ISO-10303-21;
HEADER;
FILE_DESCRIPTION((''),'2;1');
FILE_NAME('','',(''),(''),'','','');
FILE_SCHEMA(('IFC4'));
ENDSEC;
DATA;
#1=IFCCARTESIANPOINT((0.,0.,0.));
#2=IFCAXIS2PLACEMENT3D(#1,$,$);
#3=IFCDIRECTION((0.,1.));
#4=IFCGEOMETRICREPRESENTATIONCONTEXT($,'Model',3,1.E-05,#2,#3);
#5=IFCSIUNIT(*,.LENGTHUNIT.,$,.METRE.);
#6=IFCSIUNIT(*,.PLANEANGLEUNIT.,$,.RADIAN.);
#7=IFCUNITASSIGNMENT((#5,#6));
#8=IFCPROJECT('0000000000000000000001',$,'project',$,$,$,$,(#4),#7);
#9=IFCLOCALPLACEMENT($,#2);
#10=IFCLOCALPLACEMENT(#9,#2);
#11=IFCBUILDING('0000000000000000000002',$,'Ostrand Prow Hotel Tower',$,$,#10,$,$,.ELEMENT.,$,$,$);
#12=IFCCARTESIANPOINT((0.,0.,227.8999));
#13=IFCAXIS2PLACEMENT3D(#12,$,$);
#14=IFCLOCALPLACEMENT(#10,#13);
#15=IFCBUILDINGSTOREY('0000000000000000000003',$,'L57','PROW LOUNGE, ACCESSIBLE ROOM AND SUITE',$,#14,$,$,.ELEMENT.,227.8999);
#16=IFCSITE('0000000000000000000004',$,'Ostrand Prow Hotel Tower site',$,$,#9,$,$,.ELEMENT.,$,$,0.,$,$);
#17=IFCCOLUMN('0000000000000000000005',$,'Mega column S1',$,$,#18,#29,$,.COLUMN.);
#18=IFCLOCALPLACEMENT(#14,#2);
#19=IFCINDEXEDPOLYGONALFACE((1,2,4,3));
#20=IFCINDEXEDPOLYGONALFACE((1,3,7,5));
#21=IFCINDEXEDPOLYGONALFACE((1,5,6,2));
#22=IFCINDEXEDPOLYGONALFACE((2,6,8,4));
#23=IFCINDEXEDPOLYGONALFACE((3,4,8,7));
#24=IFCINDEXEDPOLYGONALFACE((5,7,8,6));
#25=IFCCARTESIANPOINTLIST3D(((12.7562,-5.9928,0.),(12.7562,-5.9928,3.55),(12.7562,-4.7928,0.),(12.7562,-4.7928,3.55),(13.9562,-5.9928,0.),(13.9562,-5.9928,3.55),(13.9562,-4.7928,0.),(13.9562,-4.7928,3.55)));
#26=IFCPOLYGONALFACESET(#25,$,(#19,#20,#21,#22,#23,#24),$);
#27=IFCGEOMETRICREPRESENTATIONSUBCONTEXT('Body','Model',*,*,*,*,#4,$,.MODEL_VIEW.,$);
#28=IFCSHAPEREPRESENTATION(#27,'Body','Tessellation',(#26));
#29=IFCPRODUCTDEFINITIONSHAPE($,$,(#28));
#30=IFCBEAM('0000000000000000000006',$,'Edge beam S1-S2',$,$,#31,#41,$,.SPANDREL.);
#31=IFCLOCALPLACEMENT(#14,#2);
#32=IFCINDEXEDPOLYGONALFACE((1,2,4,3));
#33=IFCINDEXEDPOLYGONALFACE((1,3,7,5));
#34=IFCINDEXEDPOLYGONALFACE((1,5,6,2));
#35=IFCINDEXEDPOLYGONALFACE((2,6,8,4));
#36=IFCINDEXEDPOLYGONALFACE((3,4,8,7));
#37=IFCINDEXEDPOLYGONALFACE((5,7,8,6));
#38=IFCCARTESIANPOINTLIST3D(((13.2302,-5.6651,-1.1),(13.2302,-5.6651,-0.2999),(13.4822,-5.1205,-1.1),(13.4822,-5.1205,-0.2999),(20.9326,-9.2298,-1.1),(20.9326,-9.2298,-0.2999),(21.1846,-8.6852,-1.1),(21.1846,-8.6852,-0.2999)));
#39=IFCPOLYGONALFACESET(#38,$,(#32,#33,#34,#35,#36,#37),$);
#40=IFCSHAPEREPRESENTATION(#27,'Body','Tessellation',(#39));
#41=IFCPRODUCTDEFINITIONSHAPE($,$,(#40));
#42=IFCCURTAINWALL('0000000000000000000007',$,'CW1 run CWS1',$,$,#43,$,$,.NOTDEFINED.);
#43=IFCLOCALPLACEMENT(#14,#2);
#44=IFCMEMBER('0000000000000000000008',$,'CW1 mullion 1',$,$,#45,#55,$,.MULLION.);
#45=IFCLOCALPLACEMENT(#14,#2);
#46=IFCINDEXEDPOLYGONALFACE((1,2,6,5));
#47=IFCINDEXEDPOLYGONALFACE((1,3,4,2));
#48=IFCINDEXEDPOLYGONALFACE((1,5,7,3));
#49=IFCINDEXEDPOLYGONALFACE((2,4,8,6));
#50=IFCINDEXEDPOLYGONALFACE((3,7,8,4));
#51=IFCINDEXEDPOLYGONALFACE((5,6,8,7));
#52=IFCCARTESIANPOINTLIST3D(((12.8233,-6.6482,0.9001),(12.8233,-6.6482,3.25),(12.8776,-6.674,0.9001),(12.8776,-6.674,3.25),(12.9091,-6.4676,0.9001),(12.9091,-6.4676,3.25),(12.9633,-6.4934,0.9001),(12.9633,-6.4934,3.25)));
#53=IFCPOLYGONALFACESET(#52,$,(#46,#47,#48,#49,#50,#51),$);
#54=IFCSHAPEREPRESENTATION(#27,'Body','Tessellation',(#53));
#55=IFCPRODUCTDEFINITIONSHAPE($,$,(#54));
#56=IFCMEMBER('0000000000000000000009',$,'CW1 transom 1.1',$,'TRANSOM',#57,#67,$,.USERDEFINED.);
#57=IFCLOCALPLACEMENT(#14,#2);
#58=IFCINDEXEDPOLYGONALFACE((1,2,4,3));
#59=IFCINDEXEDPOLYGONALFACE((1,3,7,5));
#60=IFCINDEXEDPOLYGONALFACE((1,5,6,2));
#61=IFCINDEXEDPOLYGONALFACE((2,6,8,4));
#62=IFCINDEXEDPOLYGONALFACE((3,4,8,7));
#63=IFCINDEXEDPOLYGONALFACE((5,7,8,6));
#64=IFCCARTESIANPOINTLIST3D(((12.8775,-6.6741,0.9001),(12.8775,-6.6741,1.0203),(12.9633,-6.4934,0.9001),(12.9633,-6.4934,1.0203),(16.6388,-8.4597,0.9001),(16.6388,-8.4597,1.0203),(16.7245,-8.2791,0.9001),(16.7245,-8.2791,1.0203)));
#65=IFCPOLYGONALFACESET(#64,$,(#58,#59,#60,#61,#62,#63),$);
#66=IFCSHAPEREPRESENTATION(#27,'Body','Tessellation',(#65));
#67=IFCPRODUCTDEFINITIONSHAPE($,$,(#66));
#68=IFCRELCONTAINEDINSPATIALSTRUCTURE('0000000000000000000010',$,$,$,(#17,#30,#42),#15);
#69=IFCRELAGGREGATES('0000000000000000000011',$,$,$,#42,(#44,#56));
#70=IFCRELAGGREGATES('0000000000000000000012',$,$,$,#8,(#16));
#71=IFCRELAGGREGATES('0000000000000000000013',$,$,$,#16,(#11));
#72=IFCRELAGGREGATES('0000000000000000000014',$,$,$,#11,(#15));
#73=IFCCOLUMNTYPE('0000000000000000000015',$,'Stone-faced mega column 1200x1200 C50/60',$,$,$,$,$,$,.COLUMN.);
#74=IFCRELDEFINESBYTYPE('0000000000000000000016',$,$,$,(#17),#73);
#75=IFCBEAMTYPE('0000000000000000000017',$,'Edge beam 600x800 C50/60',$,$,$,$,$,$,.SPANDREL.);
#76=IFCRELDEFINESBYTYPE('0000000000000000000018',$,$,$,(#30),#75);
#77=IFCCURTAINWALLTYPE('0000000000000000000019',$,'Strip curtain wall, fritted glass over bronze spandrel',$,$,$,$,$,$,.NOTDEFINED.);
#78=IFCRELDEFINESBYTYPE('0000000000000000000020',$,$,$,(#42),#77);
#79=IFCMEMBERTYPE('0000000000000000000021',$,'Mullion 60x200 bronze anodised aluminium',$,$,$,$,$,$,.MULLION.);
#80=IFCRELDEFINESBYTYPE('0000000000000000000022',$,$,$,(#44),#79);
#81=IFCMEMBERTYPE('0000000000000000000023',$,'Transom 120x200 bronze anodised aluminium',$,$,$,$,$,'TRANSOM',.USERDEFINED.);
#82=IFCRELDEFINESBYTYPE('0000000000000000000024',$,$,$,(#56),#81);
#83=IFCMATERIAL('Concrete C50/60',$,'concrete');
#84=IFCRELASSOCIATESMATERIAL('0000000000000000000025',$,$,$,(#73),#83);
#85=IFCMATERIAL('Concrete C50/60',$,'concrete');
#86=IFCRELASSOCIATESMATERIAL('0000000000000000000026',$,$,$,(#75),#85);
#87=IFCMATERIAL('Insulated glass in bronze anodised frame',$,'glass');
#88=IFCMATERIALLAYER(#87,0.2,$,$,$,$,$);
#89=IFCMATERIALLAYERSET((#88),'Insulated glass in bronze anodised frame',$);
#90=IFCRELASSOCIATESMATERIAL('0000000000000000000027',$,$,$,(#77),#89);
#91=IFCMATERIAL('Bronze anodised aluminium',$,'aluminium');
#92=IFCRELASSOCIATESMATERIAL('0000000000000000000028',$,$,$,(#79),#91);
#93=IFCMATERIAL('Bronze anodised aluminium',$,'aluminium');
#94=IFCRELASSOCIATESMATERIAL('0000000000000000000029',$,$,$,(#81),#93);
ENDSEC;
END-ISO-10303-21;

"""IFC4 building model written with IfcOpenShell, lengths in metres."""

from ifc_helpers import new_model, si_unit, direction, frame, origin, origin_2d, place, context, subcontext, project, spatial, rectangle, extrude, material, layer, layer_set, material_profile, profile_set, type_object, element, aggregate, save


model = new_model("IFC4")

# Units and contexts
model_context = context("Model", 3, precision=1e-05, world=origin(), true_north=direction((0.0, 1.0)))
body_context = subcontext(model_context, "Body", "Model", "MODEL_VIEW")
ifc_project = project(units=[si_unit("LENGTHUNIT", "METRE"), si_unit("PLANEANGLEUNIT", "RADIAN")], contexts=[model_context])

# Site, building, storey
site_placement = place(None, origin())
site = spatial("IfcSite", under=ifc_project, at=site_placement, Name="Ostrand Prow Hotel Tower site", CompositionType="ELEMENT", RefElevation=0.0)
building_placement = place(site_placement, origin())
building = spatial("IfcBuilding", under=site, at=building_placement, Name="Ostrand Prow Hotel Tower", CompositionType="ELEMENT")
storey_placement = place(building_placement, frame((0.0, 0.0, 227.8999)))
storey = spatial("IfcBuildingStorey", under=building, at=storey_placement, Name="L57", Description="PROW LOUNGE, ACCESSIBLE ROOM AND SUITE", CompositionType="ELEMENT", Elevation=227.8999)

# Column
ifc_material_1 = material(Name="Concrete C50/60", Category="concrete")
ifc_material_profile_1 = material_profile(ifc_material_1, rectangle(XDim=1.2, YDim=1.2, at=origin_2d()), Name="RC 1200x1200")
ifc_profile_set_1 = profile_set([ifc_material_profile_1], Name="Concrete C50/60")
column_type = type_object("IfcColumnType", Name="Stone-faced mega column 1200x1200 C50/60", PredefinedType="COLUMN", material=ifc_profile_set_1)
column_placement = place(storey_placement, frame((13.3562, -5.3928, 0.0), z_axis=(0.0, 0.0, 1.0), x_axis=(1.0, 0.0, 0.0)))
element("IfcColumn", 1, at=column_placement, inside=storey, type_object=column_type, Name="Mega column S1", PredefinedType="COLUMN", context=body_context, shape_type="SweptSolid", body=[
    extrude(rectangle(XDim=1.2, YDim=1.2, at=origin_2d()), origin(), (0.0, 0.0, 1.0), 3.55),
])

# Beam
ifc_material_2 = material(Name="Concrete C50/60", Category="concrete")
ifc_material_profile_2 = material_profile(ifc_material_2, rectangle(XDim=0.6001, YDim=0.8, at=origin_2d()), Name="RC 600x800")
ifc_profile_set_2 = profile_set([ifc_material_profile_2], Name="Concrete C50/60")
beam_type = type_object("IfcBeamType", Name="Edge beam 600x800 C50/60", PredefinedType="SPANDREL", material=ifc_profile_set_2)
beam_placement = place(storey_placement, frame((13.3562, -5.3928, -0.7), z_axis=(0.907522, -0.420005, 0.0), x_axis=(0.420005, 0.907522, 0.0)))
element("IfcBeam", 2, at=beam_placement, inside=storey, type_object=beam_type, Name="Edge beam S1-S2", PredefinedType="SPANDREL", context=body_context, shape_type="SweptSolid", body=[
    extrude(rectangle(XDim=0.6001, YDim=0.8, at=origin_2d()), origin(), (0.0, 0.0, 1.0), 8.4873),
])

# Curtain wall, members
ifc_material_3 = material(Name="Insulated glass in bronze anodised frame", Category="glass")
ifc_layer_1 = layer(ifc_material_3, 0.2)
ifc_layer_set_1 = layer_set([ifc_layer_1], Name="Insulated glass in bronze anodised frame")
curtain_wall_type = type_object("IfcCurtainWallType", Name="Strip curtain wall, fritted glass over bronze spandrel", PredefinedType="NOTDEFINED", material=ifc_layer_set_1)
curtain_wall_placement = place(storey_placement, origin())
curtain_wall = element("IfcCurtainWall", 3, at=curtain_wall_placement, inside=storey, type_object=curtain_wall_type, Name="CW1 run CWS1", PredefinedType="NOTDEFINED")
ifc_material_4 = material(Name="Bronze anodised aluminium", Category="aluminium")
ifc_material_profile_3 = material_profile(ifc_material_4, rectangle(XDim=0.2, YDim=0.0601, at=origin_2d()), Name="Mullion 60x200 bronze anodised aluminium")
ifc_profile_set_3 = profile_set([ifc_material_profile_3], Name="Bronze anodised aluminium")
member_type_1 = type_object("IfcMemberType", Name="Mullion 60x200 bronze anodised aluminium", PredefinedType="MULLION", material=ifc_profile_set_3)
member_1_placement = place(storey_placement, frame((12.8933, -6.5708, 0.9001), z_axis=(0.0, 0.0, 1.0), x_axis=(0.428861, 0.90337, 0.0)))
member_1 = element("IfcMember", 4, at=member_1_placement, type_object=member_type_1, Name="CW1 mullion 1", PredefinedType="MULLION", context=body_context, shape_type="SweptSolid", body=[
    extrude(rectangle(XDim=0.2, YDim=0.0601, at=origin_2d()), origin(), (0.0, 0.0, 1.0), 2.3499),
])
ifc_material_5 = material(Name="Bronze anodised aluminium", Category="aluminium")
ifc_material_profile_4 = material_profile(ifc_material_5, rectangle(XDim=0.2, YDim=0.1201, at=origin_2d()), Name="Transom 120x200 bronze anodised aluminium")
ifc_profile_set_4 = profile_set([ifc_material_profile_4], Name="Bronze anodised aluminium")
member_type_2 = type_object("IfcMemberType", Name="Transom 120x200 bronze anodised aluminium", ElementType="TRANSOM", PredefinedType="USERDEFINED", material=ifc_profile_set_4)
member_2_placement = place(storey_placement, frame((12.9204, -6.5837, 0.9602), z_axis=(0.903365, -0.428873, 0.0), x_axis=(0.428873, 0.903365, 0.0)))
member_2 = element("IfcMember", 5, at=member_2_placement, type_object=member_type_2, Name="CW1 transom 1.1", ObjectType="TRANSOM", PredefinedType="USERDEFINED", context=body_context, shape_type="SweptSolid", body=[
    extrude(rectangle(XDim=0.2, YDim=0.1201, at=origin_2d()), origin(), (0.0, 0.0, 1.0), 4.1636),
])
aggregate(curtain_wall, [member_1, member_2])

save(model, "model.ifc")
